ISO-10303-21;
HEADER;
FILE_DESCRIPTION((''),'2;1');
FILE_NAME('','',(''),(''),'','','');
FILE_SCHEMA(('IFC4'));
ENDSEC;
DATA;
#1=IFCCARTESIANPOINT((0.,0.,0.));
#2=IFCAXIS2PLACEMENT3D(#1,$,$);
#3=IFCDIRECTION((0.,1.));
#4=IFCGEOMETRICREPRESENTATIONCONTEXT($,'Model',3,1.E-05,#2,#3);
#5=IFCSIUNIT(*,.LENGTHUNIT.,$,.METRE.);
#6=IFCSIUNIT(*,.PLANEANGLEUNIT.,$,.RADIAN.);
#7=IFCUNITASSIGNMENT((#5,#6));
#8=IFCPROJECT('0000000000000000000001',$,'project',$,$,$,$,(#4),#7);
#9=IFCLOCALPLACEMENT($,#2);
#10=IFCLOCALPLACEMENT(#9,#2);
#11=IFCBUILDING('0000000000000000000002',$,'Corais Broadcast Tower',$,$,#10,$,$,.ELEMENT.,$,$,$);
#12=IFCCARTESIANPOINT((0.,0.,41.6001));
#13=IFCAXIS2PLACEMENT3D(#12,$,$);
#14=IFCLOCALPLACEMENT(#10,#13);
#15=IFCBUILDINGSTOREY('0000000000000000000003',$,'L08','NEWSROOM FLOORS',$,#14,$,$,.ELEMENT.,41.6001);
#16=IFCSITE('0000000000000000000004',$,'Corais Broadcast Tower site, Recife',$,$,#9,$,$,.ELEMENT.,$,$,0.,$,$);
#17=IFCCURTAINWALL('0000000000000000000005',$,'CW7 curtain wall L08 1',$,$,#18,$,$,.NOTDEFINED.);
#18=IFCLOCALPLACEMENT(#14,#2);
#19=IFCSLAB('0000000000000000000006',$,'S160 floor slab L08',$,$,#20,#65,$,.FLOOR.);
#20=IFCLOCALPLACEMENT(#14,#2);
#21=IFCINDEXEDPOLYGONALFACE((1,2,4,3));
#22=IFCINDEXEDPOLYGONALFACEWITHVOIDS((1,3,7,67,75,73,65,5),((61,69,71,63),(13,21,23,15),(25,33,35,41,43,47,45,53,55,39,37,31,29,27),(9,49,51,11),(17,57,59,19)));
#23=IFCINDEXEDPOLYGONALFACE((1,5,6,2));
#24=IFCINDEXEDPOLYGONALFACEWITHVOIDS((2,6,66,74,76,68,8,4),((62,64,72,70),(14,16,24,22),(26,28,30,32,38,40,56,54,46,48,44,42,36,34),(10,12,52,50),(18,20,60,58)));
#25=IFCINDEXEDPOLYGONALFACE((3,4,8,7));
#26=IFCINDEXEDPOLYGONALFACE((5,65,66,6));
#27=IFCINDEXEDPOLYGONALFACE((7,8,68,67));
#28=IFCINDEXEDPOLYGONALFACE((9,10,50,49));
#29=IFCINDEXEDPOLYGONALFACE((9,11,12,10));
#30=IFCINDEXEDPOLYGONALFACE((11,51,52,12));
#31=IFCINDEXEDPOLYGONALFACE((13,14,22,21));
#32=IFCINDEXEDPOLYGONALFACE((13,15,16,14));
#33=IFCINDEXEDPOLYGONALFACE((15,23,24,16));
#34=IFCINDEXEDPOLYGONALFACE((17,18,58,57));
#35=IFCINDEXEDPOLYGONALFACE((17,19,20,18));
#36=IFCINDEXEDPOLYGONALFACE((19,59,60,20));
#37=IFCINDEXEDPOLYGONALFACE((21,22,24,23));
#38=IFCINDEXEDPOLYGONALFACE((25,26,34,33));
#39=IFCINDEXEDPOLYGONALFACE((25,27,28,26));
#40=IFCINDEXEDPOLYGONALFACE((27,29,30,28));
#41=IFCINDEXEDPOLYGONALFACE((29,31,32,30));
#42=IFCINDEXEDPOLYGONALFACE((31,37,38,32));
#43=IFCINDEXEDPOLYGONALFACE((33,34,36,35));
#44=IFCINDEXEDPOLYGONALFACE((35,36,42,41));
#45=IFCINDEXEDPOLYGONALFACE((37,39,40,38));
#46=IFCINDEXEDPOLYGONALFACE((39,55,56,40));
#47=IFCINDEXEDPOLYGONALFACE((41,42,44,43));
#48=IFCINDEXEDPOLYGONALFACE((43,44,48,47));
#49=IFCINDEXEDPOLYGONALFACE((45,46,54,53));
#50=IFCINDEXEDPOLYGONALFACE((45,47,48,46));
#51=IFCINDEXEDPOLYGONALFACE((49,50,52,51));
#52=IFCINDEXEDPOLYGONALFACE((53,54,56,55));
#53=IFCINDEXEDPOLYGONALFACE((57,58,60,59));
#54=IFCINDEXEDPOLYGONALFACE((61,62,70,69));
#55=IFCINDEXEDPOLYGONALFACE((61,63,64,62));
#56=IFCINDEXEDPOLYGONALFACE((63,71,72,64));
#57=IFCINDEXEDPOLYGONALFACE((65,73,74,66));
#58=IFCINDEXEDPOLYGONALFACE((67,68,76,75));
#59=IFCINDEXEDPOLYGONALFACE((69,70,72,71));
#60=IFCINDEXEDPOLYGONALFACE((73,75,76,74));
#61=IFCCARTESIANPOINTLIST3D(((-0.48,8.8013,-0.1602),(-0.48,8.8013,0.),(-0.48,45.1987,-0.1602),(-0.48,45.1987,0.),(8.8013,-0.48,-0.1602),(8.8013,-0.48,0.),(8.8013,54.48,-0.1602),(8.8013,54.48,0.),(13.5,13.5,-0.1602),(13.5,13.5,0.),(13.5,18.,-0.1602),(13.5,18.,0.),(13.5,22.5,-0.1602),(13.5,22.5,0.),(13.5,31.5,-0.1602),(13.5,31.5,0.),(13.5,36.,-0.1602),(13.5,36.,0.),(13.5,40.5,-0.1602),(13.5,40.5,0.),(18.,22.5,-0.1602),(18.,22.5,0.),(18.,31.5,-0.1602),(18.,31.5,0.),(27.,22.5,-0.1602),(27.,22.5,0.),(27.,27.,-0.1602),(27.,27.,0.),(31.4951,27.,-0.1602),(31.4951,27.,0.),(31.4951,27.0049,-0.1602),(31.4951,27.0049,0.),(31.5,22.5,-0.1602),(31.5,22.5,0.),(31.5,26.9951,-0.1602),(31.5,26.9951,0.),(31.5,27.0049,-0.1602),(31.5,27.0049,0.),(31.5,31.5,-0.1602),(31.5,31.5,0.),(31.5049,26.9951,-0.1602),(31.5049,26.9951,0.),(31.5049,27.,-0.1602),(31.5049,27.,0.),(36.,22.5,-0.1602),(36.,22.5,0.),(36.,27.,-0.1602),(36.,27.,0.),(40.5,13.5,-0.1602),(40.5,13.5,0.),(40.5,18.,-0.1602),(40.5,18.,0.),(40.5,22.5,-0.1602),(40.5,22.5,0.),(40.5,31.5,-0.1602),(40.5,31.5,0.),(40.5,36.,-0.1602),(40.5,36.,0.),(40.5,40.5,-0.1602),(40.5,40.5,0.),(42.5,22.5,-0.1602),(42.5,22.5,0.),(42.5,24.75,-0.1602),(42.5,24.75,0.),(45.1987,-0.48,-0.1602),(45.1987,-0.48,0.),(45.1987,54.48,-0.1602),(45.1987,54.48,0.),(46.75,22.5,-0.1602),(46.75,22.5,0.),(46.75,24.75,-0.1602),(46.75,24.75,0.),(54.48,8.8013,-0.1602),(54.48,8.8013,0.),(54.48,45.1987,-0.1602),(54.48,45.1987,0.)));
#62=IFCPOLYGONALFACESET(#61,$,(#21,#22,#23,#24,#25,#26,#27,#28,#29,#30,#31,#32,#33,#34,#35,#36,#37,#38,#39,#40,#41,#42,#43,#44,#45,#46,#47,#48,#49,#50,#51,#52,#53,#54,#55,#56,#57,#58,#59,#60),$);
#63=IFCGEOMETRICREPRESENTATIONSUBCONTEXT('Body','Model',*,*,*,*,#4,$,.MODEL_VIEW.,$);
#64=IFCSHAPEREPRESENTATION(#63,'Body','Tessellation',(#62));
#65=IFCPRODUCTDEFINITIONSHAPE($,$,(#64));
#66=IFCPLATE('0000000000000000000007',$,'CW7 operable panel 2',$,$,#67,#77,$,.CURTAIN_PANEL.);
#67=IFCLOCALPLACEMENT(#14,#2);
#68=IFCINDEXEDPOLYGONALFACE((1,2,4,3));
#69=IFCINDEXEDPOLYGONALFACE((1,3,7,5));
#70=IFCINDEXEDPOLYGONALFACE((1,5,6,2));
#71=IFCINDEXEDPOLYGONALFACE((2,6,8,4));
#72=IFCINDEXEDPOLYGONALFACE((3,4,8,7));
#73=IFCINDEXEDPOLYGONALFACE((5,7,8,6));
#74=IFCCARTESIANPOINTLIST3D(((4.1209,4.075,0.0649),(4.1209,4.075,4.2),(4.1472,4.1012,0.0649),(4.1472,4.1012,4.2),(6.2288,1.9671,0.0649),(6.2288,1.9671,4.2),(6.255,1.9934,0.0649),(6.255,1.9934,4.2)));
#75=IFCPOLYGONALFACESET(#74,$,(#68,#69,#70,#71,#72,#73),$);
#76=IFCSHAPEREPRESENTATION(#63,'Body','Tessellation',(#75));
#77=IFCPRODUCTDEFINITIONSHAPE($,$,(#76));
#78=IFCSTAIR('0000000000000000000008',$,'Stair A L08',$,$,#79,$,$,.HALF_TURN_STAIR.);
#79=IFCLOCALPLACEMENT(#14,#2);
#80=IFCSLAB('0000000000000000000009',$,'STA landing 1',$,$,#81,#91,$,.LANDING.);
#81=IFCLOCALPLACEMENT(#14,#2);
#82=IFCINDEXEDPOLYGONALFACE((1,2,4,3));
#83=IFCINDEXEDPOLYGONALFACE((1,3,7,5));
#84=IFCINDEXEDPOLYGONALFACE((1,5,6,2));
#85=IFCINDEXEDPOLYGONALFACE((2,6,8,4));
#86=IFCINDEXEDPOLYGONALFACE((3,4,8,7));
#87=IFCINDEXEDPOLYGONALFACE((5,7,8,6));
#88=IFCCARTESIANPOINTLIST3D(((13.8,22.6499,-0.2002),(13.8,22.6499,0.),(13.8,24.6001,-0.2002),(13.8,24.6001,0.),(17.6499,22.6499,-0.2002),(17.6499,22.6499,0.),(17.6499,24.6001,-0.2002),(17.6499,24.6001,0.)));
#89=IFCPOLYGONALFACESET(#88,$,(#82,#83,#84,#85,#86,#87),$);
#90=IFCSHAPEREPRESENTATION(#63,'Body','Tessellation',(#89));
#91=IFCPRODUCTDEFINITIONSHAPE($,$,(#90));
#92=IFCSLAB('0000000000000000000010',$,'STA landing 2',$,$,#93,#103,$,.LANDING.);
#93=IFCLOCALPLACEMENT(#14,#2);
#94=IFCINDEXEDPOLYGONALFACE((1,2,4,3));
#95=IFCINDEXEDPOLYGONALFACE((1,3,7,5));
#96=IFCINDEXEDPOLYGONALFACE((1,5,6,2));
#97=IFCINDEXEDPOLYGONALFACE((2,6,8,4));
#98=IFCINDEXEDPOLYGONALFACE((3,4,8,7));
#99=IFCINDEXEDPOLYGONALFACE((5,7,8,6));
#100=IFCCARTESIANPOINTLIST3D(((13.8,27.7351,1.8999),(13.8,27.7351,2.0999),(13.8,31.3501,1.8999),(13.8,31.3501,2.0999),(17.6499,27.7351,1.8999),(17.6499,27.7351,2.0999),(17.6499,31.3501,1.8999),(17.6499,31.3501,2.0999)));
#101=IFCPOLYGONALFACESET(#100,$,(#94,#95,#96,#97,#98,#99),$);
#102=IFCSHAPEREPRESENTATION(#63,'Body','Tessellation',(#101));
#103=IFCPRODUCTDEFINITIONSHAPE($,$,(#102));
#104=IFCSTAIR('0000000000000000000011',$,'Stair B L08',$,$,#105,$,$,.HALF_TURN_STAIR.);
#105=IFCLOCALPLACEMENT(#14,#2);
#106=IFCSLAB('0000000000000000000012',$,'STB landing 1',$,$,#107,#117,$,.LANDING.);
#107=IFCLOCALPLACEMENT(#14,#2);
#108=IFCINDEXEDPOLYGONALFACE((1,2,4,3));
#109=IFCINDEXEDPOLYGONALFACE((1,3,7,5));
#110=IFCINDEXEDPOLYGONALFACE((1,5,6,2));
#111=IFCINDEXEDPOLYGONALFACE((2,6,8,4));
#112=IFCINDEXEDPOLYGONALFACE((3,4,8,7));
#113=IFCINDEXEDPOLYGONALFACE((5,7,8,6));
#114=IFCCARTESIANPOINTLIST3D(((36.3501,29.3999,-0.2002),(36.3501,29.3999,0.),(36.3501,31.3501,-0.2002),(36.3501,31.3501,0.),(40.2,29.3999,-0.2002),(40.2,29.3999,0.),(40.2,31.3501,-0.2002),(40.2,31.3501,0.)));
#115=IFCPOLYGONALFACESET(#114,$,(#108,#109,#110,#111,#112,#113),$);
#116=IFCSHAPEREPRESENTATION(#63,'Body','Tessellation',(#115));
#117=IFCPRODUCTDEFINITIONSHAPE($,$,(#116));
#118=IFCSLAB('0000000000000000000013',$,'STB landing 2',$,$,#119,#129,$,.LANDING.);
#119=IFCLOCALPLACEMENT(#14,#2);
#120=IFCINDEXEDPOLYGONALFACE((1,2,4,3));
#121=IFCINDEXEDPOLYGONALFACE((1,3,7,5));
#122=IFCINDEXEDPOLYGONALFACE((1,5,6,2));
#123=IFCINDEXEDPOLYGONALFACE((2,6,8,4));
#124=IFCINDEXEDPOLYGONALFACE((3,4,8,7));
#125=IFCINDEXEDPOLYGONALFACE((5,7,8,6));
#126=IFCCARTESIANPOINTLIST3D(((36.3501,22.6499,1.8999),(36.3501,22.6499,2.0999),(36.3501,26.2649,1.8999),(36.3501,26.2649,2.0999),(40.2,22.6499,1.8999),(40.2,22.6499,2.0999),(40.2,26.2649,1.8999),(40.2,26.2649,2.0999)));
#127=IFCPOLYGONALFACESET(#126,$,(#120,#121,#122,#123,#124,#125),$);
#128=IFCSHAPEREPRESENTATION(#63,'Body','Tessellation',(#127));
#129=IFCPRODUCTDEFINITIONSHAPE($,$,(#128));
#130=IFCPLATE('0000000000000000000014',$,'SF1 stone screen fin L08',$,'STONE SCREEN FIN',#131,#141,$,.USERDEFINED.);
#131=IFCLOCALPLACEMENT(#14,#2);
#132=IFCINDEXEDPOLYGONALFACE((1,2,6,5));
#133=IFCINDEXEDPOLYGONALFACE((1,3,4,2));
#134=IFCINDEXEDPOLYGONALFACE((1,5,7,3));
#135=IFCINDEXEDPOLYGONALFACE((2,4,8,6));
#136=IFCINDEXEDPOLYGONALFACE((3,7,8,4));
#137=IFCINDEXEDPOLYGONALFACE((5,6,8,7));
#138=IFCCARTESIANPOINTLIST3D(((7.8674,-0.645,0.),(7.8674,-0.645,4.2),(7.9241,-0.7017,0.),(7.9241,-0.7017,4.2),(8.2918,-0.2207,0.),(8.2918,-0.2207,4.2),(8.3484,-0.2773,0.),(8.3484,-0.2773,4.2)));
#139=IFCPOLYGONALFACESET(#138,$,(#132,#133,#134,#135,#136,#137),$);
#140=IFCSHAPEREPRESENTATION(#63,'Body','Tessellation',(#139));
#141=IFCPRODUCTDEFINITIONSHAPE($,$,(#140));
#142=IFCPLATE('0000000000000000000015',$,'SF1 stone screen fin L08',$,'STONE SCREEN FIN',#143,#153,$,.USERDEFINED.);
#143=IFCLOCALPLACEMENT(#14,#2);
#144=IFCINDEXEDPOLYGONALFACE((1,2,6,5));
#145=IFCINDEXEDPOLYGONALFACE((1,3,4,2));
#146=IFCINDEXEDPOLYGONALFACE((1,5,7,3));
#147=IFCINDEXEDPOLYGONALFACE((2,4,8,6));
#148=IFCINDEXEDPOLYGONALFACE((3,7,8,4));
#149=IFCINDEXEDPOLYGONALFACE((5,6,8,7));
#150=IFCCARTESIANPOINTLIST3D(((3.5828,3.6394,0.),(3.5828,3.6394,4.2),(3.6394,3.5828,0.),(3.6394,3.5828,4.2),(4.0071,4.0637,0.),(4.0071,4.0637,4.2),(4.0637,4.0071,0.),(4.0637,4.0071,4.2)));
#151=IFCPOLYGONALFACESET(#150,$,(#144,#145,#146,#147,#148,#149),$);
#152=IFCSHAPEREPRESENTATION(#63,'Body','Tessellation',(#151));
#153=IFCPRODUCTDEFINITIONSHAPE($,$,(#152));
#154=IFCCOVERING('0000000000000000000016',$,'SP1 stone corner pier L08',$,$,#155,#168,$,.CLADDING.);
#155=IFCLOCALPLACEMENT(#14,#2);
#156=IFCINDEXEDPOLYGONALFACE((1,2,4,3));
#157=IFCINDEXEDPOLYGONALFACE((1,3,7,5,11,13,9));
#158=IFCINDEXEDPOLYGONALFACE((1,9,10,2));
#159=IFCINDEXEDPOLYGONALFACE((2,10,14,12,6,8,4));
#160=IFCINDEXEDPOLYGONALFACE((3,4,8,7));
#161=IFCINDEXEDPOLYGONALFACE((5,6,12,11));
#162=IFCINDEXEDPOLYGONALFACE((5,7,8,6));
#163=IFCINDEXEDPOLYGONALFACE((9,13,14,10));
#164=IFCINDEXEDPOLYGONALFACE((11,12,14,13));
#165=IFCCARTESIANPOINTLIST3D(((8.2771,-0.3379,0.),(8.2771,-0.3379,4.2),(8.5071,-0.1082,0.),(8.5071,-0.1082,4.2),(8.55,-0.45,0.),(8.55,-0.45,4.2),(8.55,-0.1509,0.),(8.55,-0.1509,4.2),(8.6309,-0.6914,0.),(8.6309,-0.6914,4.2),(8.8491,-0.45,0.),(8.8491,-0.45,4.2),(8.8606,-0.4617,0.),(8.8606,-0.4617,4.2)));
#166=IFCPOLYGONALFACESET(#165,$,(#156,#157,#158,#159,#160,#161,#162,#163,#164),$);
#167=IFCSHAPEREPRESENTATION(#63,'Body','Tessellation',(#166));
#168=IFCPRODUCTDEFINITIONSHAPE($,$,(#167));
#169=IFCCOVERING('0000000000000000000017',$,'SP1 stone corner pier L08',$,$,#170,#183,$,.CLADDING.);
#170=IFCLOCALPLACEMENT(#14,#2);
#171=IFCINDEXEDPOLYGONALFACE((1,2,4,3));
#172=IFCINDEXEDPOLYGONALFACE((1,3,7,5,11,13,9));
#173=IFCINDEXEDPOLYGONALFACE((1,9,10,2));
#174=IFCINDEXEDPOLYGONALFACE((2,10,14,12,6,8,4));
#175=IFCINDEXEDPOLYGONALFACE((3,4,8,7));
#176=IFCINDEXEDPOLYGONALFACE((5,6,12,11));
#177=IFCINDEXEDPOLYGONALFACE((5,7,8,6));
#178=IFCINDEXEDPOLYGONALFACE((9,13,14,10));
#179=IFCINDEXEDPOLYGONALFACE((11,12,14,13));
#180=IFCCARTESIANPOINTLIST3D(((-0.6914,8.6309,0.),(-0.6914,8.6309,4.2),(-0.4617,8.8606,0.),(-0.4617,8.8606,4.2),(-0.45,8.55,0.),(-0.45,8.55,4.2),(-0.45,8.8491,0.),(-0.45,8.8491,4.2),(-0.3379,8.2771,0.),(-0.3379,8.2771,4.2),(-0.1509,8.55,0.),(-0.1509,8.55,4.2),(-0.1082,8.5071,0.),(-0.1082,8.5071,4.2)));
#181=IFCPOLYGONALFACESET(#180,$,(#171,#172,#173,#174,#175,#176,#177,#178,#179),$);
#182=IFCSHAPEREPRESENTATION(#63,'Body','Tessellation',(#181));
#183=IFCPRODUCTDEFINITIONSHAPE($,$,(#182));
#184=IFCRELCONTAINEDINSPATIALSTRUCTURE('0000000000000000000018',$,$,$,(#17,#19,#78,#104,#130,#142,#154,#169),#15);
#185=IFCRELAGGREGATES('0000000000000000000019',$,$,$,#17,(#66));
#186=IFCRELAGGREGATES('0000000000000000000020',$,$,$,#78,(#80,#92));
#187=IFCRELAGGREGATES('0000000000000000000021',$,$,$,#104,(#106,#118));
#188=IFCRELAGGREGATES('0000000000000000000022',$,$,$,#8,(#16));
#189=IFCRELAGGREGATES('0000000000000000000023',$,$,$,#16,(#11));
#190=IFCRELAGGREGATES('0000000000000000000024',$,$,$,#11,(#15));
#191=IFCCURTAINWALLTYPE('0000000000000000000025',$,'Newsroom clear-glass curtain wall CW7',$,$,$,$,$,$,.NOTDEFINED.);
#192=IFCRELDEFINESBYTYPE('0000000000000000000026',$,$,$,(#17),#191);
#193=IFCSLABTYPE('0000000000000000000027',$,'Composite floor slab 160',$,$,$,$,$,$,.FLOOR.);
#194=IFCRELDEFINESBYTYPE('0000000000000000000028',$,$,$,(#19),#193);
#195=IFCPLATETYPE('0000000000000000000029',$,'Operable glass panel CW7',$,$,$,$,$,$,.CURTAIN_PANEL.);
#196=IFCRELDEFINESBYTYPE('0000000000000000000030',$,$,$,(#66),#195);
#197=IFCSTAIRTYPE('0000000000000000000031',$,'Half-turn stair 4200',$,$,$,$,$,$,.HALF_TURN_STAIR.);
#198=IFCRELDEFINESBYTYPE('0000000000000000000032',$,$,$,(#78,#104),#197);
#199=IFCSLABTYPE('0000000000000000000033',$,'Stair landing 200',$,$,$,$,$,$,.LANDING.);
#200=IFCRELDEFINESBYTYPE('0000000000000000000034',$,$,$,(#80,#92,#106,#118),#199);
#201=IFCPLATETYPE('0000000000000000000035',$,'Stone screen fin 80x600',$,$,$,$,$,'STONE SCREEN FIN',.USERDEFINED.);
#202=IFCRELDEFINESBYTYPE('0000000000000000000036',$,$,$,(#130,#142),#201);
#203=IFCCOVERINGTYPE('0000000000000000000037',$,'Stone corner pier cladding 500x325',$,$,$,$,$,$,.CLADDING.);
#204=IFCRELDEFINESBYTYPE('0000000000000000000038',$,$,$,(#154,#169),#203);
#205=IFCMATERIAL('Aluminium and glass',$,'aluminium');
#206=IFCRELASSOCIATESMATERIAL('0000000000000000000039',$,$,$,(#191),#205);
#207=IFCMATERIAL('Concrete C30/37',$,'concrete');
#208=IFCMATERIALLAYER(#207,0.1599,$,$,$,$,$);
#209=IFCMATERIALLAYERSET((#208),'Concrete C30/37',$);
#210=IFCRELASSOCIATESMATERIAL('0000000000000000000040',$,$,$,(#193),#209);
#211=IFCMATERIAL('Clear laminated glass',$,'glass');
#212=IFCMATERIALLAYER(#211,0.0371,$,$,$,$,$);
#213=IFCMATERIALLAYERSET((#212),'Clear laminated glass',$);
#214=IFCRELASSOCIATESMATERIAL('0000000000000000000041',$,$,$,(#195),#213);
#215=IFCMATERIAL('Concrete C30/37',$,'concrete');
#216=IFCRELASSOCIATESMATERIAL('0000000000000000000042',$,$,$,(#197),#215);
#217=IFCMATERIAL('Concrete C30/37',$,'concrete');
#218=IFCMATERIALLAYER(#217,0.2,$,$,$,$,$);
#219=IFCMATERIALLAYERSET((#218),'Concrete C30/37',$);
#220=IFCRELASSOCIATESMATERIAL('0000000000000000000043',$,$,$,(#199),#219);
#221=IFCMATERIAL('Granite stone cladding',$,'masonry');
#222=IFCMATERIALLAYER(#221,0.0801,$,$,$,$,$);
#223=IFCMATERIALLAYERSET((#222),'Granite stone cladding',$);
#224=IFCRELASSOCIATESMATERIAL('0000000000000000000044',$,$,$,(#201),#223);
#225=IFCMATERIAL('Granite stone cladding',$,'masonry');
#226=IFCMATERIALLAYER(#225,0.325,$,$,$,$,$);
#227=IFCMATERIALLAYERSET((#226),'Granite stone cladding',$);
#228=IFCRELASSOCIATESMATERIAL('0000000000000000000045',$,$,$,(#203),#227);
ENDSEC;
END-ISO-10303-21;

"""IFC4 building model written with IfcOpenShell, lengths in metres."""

from ifc_helpers import new_model, si_unit, direction, frame, origin, origin_2d, place, context, subcontext, project, spatial, polyline, rectangle, outline, extrude, material, layer, layer_set, type_object, element, aggregate, save


model = new_model("IFC4")

# Units and contexts
model_context = context("Model", 3, precision=1e-05, world=origin(), true_north=direction((0.0, 1.0)))
body_context = subcontext(model_context, "Body", "Model", "MODEL_VIEW")
ifc_project = project(units=[si_unit("LENGTHUNIT", "METRE"), si_unit("PLANEANGLEUNIT", "RADIAN")], contexts=[model_context])

# Site, building, storey
site_placement = place(None, origin())
site = spatial("IfcSite", under=ifc_project, at=site_placement, Name="Corais Broadcast Tower site, Recife", CompositionType="ELEMENT", RefElevation=0.0)
building_placement = place(site_placement, origin())
building = spatial("IfcBuilding", under=site, at=building_placement, Name="Corais Broadcast Tower", CompositionType="ELEMENT")
storey_placement = place(building_placement, frame((0.0, 0.0, 41.6001)))
storey = spatial("IfcBuildingStorey", under=building, at=storey_placement, Name="L08", Description="NEWSROOM FLOORS", CompositionType="ELEMENT", Elevation=41.6001)

# Curtain wall
ifc_material_1 = material(Name="Aluminium and glass", Category="aluminium")
curtain_wall_type = type_object("IfcCurtainWallType", Name="Newsroom clear-glass curtain wall CW7", PredefinedType="NOTDEFINED", material=ifc_material_1)
curtain_wall_placement = place(storey_placement, origin())
curtain_wall = element("IfcCurtainWall", 1, at=curtain_wall_placement, inside=storey, type_object=curtain_wall_type, Name="CW7 curtain wall L08 1", PredefinedType="NOTDEFINED")

# Slab
ifc_material_2 = material(Name="Concrete C30/37", Category="concrete")
ifc_layer_1 = layer(ifc_material_2, 0.1599)
ifc_layer_set_1 = layer_set([ifc_layer_1], Name="Concrete C30/37")
slab_type_1 = type_object("IfcSlabType", Name="Composite floor slab 160", PredefinedType="FLOOR", material=ifc_layer_set_1)
slab_1_placement = place(storey_placement, frame((0.0, 0.0, -0.1602)))
element("IfcSlab", 2, at=slab_1_placement, inside=storey, type_object=slab_type_1, Name="S160 floor slab L08", PredefinedType="FLOOR", context=body_context, shape_type="SweptSolid", body=[
    extrude(outline(polyline([(8.8013, -0.48), (-0.48, 8.8013), (-0.48, 45.1987), (8.8013, 54.48), (45.1987, 54.48), (54.48, 45.1987), (54.48, 8.8013), (45.1987, -0.48), (8.8013, -0.48)]), holes=[polyline([(13.5, 18.0), (40.5, 18.0), (40.5, 13.5), (13.5, 13.5), (13.5, 18.0)]), polyline([(18.0, 22.5), (13.5, 22.5), (13.5, 31.5), (18.0, 31.5), (18.0, 22.5)]), polyline([(13.5, 40.5), (40.5, 40.5), (40.5, 36.0), (13.5, 36.0), (13.5, 40.5)]), polyline([(31.5, 22.5), (27.0, 22.5), (27.0, 27.0), (31.4951, 27.0), (31.4951, 27.0049), (31.5, 27.0049), (31.5, 31.5), (40.5, 31.5), (40.5, 22.5), (36.0, 22.5), (36.0, 27.0), (31.5049, 27.0), (31.5049, 26.9951), (31.5, 26.9951), (31.5, 22.5)]), polyline([(42.5, 22.5), (42.5, 24.75), (46.75, 24.75), (46.75, 22.5), (42.5, 22.5)])]), origin(), (0.0, 0.0, 1.0), 0.1602),
])

# Plate
ifc_material_3 = material(Name="Clear laminated glass", Category="glass")
ifc_layer_2 = layer(ifc_material_3, 0.0371)
ifc_layer_set_2 = layer_set([ifc_layer_2], Name="Clear laminated glass")
plate_type_1 = type_object("IfcPlateType", Name="Operable glass panel CW7", PredefinedType="CURTAIN_PANEL", material=ifc_layer_set_2)
plate_1_placement = place(storey_placement, frame((5.188, 3.0342, 0.0649), z_axis=(0.0, 0.0, 1.0), x_axis=(-0.707107, 0.707107, 0.0)))
plate_1 = element("IfcPlate", 3, at=plate_1_placement, type_object=plate_type_1, Name="CW7 operable panel 2", PredefinedType="CURTAIN_PANEL", context=body_context, shape_type="SweptSolid", body=[
    extrude(rectangle(XDim=2.981, YDim=0.0371, at=origin_2d()), origin(), (0.0, 0.0, 1.0), 4.135),
])
aggregate(curtain_wall, [plate_1])

# Stairs, slabs
ifc_material_4 = material(Name="Concrete C30/37", Category="concrete")
stair_type = type_object("IfcStairType", Name="Half-turn stair 4200", PredefinedType="HALF_TURN_STAIR", material=ifc_material_4)
stair_1_placement = place(storey_placement, origin())
stair_1 = element("IfcStair", 4, at=stair_1_placement, inside=storey, type_object=stair_type, Name="Stair A L08", PredefinedType="HALF_TURN_STAIR")
ifc_material_5 = material(Name="Concrete C30/37", Category="concrete")
ifc_layer_3 = layer(ifc_material_5, 0.2)
ifc_layer_set_3 = layer_set([ifc_layer_3], Name="Concrete C30/37")
slab_type_2 = type_object("IfcSlabType", Name="Stair landing 200", PredefinedType="LANDING", material=ifc_layer_set_3)
slab_2_placement = place(storey_placement, frame((0.0, 0.0, -0.2002)))
slab_2 = element("IfcSlab", 5, at=slab_2_placement, type_object=slab_type_2, Name="STA landing 1", PredefinedType="LANDING", context=body_context, shape_type="SweptSolid", body=[
    extrude(outline(polyline([(13.8, 22.6499), (17.6499, 22.6499), (17.6499, 24.6001), (13.8, 24.6001), (13.8, 22.6499)])), origin(), (0.0, 0.0, 1.0), 0.2002),
])
slab_3_placement = place(storey_placement, frame((0.0, 0.0, 1.8999)))
slab_3 = element("IfcSlab", 6, at=slab_3_placement, type_object=slab_type_2, Name="STA landing 2", PredefinedType="LANDING", context=body_context, shape_type="SweptSolid", body=[
    extrude(outline(polyline([(13.8, 27.7351), (17.6499, 27.7351), (17.6499, 31.3501), (13.8, 31.3501), (13.8, 27.7351)])), origin(), (0.0, 0.0, 1.0), 0.2),
])
aggregate(stair_1, [slab_2, slab_3])
stair_2_placement = place(storey_placement, origin())
stair_2 = element("IfcStair", 7, at=stair_2_placement, inside=storey, type_object=stair_type, Name="Stair B L08", PredefinedType="HALF_TURN_STAIR")
slab_4_placement = place(storey_placement, frame((0.0, 0.0, -0.2002)))
slab_4 = element("IfcSlab", 8, at=slab_4_placement, type_object=slab_type_2, Name="STB landing 1", PredefinedType="LANDING", context=body_context, shape_type="SweptSolid", body=[
    extrude(outline(polyline([(36.3501, 29.3999), (40.2, 29.3999), (40.2, 31.3501), (36.3501, 31.3501), (36.3501, 29.3999)])), origin(), (0.0, 0.0, 1.0), 0.2002),
])
slab_5_placement = place(storey_placement, frame((0.0, 0.0, 1.8999)))
slab_5 = element("IfcSlab", 9, at=slab_5_placement, type_object=slab_type_2, Name="STB landing 2", PredefinedType="LANDING", context=body_context, shape_type="SweptSolid", body=[
    extrude(outline(polyline([(36.3501, 22.6499), (40.2, 22.6499), (40.2, 26.2649), (36.3501, 26.2649), (36.3501, 22.6499)])), origin(), (0.0, 0.0, 1.0), 0.2),
])
aggregate(stair_2, [slab_4, slab_5])

# Plates
ifc_material_6 = material(Name="Granite stone cladding", Category="masonry")
ifc_layer_4 = layer(ifc_material_6, 0.0801)
ifc_layer_set_4 = layer_set([ifc_layer_4], Name="Granite stone cladding")
plate_type_2 = type_object("IfcPlateType", Name="Stone screen fin 80x600", ElementType="STONE SCREEN FIN", PredefinedType="USERDEFINED", material=ifc_layer_set_4)
for number, where, z_axis, x_axis, name in (
    (10, (8.1079, -0.4612, 0.0), (0.0, 0.0, 1.0), (-0.707107, 0.707107, 0.0), "SF1 stone screen fin L08"),
    (11, (3.8232, 3.8232, 0.0), (0.0, 0.0, 1.0), (-0.707107, 0.707107, 0.0), "SF1 stone screen fin L08"),
):
    element("IfcPlate", number, at=place(storey_placement, frame(where, z_axis=z_axis, x_axis=x_axis)), inside=storey, type_object=plate_type_2, Name=name, ObjectType="STONE SCREEN FIN", PredefinedType="USERDEFINED", context=body_context, shape_type="SweptSolid", body=[
        extrude(rectangle(XDim=0.0801, YDim=0.6001, at=origin_2d()), origin(), (0.0, 0.0, 1.0), 4.2),
    ])

# Coverings
ifc_material_7 = material(Name="Granite stone cladding", Category="masonry")
ifc_layer_5 = layer(ifc_material_7, 0.325)
ifc_layer_set_5 = layer_set([ifc_layer_5], Name="Granite stone cladding")
covering_type_1 = type_object("IfcCoveringType", Name="Stone corner pier cladding 500x325", PredefinedType="CLADDING", material=ifc_layer_set_5)
covering_1_placement = place(storey_placement, origin())
element("IfcCovering", 12, at=covering_1_placement, inside=storey, type_object=covering_type_1, Name="SP1 stone corner pier L08", PredefinedType="CLADDING", context=body_context, shape_type="SweptSolid", body=[
    extrude(outline(polyline([(8.8606, -0.4617), (8.8491, -0.45), (8.55, -0.45), (8.55, -0.1509), (8.5071, -0.1082), (8.2771, -0.3379), (8.6309, -0.6914), (8.8606, -0.4617)])), origin(), (0.0, 0.0, 1.0), 4.2),
])
covering_2_placement = place(storey_placement, origin())
element("IfcCovering", 13, at=covering_2_placement, inside=storey, type_object=covering_type_1, Name="SP1 stone corner pier L08", PredefinedType="CLADDING", context=body_context, shape_type="SweptSolid", body=[
    extrude(outline(polyline([(-0.45, 8.8491), (-0.4617, 8.8606), (-0.6914, 8.6309), (-0.3379, 8.2771), (-0.1082, 8.5071), (-0.1509, 8.55), (-0.45, 8.55), (-0.45, 8.8491)])), origin(), (0.0, 0.0, 1.0), 4.2),
])

save(model, "model.ifc")
